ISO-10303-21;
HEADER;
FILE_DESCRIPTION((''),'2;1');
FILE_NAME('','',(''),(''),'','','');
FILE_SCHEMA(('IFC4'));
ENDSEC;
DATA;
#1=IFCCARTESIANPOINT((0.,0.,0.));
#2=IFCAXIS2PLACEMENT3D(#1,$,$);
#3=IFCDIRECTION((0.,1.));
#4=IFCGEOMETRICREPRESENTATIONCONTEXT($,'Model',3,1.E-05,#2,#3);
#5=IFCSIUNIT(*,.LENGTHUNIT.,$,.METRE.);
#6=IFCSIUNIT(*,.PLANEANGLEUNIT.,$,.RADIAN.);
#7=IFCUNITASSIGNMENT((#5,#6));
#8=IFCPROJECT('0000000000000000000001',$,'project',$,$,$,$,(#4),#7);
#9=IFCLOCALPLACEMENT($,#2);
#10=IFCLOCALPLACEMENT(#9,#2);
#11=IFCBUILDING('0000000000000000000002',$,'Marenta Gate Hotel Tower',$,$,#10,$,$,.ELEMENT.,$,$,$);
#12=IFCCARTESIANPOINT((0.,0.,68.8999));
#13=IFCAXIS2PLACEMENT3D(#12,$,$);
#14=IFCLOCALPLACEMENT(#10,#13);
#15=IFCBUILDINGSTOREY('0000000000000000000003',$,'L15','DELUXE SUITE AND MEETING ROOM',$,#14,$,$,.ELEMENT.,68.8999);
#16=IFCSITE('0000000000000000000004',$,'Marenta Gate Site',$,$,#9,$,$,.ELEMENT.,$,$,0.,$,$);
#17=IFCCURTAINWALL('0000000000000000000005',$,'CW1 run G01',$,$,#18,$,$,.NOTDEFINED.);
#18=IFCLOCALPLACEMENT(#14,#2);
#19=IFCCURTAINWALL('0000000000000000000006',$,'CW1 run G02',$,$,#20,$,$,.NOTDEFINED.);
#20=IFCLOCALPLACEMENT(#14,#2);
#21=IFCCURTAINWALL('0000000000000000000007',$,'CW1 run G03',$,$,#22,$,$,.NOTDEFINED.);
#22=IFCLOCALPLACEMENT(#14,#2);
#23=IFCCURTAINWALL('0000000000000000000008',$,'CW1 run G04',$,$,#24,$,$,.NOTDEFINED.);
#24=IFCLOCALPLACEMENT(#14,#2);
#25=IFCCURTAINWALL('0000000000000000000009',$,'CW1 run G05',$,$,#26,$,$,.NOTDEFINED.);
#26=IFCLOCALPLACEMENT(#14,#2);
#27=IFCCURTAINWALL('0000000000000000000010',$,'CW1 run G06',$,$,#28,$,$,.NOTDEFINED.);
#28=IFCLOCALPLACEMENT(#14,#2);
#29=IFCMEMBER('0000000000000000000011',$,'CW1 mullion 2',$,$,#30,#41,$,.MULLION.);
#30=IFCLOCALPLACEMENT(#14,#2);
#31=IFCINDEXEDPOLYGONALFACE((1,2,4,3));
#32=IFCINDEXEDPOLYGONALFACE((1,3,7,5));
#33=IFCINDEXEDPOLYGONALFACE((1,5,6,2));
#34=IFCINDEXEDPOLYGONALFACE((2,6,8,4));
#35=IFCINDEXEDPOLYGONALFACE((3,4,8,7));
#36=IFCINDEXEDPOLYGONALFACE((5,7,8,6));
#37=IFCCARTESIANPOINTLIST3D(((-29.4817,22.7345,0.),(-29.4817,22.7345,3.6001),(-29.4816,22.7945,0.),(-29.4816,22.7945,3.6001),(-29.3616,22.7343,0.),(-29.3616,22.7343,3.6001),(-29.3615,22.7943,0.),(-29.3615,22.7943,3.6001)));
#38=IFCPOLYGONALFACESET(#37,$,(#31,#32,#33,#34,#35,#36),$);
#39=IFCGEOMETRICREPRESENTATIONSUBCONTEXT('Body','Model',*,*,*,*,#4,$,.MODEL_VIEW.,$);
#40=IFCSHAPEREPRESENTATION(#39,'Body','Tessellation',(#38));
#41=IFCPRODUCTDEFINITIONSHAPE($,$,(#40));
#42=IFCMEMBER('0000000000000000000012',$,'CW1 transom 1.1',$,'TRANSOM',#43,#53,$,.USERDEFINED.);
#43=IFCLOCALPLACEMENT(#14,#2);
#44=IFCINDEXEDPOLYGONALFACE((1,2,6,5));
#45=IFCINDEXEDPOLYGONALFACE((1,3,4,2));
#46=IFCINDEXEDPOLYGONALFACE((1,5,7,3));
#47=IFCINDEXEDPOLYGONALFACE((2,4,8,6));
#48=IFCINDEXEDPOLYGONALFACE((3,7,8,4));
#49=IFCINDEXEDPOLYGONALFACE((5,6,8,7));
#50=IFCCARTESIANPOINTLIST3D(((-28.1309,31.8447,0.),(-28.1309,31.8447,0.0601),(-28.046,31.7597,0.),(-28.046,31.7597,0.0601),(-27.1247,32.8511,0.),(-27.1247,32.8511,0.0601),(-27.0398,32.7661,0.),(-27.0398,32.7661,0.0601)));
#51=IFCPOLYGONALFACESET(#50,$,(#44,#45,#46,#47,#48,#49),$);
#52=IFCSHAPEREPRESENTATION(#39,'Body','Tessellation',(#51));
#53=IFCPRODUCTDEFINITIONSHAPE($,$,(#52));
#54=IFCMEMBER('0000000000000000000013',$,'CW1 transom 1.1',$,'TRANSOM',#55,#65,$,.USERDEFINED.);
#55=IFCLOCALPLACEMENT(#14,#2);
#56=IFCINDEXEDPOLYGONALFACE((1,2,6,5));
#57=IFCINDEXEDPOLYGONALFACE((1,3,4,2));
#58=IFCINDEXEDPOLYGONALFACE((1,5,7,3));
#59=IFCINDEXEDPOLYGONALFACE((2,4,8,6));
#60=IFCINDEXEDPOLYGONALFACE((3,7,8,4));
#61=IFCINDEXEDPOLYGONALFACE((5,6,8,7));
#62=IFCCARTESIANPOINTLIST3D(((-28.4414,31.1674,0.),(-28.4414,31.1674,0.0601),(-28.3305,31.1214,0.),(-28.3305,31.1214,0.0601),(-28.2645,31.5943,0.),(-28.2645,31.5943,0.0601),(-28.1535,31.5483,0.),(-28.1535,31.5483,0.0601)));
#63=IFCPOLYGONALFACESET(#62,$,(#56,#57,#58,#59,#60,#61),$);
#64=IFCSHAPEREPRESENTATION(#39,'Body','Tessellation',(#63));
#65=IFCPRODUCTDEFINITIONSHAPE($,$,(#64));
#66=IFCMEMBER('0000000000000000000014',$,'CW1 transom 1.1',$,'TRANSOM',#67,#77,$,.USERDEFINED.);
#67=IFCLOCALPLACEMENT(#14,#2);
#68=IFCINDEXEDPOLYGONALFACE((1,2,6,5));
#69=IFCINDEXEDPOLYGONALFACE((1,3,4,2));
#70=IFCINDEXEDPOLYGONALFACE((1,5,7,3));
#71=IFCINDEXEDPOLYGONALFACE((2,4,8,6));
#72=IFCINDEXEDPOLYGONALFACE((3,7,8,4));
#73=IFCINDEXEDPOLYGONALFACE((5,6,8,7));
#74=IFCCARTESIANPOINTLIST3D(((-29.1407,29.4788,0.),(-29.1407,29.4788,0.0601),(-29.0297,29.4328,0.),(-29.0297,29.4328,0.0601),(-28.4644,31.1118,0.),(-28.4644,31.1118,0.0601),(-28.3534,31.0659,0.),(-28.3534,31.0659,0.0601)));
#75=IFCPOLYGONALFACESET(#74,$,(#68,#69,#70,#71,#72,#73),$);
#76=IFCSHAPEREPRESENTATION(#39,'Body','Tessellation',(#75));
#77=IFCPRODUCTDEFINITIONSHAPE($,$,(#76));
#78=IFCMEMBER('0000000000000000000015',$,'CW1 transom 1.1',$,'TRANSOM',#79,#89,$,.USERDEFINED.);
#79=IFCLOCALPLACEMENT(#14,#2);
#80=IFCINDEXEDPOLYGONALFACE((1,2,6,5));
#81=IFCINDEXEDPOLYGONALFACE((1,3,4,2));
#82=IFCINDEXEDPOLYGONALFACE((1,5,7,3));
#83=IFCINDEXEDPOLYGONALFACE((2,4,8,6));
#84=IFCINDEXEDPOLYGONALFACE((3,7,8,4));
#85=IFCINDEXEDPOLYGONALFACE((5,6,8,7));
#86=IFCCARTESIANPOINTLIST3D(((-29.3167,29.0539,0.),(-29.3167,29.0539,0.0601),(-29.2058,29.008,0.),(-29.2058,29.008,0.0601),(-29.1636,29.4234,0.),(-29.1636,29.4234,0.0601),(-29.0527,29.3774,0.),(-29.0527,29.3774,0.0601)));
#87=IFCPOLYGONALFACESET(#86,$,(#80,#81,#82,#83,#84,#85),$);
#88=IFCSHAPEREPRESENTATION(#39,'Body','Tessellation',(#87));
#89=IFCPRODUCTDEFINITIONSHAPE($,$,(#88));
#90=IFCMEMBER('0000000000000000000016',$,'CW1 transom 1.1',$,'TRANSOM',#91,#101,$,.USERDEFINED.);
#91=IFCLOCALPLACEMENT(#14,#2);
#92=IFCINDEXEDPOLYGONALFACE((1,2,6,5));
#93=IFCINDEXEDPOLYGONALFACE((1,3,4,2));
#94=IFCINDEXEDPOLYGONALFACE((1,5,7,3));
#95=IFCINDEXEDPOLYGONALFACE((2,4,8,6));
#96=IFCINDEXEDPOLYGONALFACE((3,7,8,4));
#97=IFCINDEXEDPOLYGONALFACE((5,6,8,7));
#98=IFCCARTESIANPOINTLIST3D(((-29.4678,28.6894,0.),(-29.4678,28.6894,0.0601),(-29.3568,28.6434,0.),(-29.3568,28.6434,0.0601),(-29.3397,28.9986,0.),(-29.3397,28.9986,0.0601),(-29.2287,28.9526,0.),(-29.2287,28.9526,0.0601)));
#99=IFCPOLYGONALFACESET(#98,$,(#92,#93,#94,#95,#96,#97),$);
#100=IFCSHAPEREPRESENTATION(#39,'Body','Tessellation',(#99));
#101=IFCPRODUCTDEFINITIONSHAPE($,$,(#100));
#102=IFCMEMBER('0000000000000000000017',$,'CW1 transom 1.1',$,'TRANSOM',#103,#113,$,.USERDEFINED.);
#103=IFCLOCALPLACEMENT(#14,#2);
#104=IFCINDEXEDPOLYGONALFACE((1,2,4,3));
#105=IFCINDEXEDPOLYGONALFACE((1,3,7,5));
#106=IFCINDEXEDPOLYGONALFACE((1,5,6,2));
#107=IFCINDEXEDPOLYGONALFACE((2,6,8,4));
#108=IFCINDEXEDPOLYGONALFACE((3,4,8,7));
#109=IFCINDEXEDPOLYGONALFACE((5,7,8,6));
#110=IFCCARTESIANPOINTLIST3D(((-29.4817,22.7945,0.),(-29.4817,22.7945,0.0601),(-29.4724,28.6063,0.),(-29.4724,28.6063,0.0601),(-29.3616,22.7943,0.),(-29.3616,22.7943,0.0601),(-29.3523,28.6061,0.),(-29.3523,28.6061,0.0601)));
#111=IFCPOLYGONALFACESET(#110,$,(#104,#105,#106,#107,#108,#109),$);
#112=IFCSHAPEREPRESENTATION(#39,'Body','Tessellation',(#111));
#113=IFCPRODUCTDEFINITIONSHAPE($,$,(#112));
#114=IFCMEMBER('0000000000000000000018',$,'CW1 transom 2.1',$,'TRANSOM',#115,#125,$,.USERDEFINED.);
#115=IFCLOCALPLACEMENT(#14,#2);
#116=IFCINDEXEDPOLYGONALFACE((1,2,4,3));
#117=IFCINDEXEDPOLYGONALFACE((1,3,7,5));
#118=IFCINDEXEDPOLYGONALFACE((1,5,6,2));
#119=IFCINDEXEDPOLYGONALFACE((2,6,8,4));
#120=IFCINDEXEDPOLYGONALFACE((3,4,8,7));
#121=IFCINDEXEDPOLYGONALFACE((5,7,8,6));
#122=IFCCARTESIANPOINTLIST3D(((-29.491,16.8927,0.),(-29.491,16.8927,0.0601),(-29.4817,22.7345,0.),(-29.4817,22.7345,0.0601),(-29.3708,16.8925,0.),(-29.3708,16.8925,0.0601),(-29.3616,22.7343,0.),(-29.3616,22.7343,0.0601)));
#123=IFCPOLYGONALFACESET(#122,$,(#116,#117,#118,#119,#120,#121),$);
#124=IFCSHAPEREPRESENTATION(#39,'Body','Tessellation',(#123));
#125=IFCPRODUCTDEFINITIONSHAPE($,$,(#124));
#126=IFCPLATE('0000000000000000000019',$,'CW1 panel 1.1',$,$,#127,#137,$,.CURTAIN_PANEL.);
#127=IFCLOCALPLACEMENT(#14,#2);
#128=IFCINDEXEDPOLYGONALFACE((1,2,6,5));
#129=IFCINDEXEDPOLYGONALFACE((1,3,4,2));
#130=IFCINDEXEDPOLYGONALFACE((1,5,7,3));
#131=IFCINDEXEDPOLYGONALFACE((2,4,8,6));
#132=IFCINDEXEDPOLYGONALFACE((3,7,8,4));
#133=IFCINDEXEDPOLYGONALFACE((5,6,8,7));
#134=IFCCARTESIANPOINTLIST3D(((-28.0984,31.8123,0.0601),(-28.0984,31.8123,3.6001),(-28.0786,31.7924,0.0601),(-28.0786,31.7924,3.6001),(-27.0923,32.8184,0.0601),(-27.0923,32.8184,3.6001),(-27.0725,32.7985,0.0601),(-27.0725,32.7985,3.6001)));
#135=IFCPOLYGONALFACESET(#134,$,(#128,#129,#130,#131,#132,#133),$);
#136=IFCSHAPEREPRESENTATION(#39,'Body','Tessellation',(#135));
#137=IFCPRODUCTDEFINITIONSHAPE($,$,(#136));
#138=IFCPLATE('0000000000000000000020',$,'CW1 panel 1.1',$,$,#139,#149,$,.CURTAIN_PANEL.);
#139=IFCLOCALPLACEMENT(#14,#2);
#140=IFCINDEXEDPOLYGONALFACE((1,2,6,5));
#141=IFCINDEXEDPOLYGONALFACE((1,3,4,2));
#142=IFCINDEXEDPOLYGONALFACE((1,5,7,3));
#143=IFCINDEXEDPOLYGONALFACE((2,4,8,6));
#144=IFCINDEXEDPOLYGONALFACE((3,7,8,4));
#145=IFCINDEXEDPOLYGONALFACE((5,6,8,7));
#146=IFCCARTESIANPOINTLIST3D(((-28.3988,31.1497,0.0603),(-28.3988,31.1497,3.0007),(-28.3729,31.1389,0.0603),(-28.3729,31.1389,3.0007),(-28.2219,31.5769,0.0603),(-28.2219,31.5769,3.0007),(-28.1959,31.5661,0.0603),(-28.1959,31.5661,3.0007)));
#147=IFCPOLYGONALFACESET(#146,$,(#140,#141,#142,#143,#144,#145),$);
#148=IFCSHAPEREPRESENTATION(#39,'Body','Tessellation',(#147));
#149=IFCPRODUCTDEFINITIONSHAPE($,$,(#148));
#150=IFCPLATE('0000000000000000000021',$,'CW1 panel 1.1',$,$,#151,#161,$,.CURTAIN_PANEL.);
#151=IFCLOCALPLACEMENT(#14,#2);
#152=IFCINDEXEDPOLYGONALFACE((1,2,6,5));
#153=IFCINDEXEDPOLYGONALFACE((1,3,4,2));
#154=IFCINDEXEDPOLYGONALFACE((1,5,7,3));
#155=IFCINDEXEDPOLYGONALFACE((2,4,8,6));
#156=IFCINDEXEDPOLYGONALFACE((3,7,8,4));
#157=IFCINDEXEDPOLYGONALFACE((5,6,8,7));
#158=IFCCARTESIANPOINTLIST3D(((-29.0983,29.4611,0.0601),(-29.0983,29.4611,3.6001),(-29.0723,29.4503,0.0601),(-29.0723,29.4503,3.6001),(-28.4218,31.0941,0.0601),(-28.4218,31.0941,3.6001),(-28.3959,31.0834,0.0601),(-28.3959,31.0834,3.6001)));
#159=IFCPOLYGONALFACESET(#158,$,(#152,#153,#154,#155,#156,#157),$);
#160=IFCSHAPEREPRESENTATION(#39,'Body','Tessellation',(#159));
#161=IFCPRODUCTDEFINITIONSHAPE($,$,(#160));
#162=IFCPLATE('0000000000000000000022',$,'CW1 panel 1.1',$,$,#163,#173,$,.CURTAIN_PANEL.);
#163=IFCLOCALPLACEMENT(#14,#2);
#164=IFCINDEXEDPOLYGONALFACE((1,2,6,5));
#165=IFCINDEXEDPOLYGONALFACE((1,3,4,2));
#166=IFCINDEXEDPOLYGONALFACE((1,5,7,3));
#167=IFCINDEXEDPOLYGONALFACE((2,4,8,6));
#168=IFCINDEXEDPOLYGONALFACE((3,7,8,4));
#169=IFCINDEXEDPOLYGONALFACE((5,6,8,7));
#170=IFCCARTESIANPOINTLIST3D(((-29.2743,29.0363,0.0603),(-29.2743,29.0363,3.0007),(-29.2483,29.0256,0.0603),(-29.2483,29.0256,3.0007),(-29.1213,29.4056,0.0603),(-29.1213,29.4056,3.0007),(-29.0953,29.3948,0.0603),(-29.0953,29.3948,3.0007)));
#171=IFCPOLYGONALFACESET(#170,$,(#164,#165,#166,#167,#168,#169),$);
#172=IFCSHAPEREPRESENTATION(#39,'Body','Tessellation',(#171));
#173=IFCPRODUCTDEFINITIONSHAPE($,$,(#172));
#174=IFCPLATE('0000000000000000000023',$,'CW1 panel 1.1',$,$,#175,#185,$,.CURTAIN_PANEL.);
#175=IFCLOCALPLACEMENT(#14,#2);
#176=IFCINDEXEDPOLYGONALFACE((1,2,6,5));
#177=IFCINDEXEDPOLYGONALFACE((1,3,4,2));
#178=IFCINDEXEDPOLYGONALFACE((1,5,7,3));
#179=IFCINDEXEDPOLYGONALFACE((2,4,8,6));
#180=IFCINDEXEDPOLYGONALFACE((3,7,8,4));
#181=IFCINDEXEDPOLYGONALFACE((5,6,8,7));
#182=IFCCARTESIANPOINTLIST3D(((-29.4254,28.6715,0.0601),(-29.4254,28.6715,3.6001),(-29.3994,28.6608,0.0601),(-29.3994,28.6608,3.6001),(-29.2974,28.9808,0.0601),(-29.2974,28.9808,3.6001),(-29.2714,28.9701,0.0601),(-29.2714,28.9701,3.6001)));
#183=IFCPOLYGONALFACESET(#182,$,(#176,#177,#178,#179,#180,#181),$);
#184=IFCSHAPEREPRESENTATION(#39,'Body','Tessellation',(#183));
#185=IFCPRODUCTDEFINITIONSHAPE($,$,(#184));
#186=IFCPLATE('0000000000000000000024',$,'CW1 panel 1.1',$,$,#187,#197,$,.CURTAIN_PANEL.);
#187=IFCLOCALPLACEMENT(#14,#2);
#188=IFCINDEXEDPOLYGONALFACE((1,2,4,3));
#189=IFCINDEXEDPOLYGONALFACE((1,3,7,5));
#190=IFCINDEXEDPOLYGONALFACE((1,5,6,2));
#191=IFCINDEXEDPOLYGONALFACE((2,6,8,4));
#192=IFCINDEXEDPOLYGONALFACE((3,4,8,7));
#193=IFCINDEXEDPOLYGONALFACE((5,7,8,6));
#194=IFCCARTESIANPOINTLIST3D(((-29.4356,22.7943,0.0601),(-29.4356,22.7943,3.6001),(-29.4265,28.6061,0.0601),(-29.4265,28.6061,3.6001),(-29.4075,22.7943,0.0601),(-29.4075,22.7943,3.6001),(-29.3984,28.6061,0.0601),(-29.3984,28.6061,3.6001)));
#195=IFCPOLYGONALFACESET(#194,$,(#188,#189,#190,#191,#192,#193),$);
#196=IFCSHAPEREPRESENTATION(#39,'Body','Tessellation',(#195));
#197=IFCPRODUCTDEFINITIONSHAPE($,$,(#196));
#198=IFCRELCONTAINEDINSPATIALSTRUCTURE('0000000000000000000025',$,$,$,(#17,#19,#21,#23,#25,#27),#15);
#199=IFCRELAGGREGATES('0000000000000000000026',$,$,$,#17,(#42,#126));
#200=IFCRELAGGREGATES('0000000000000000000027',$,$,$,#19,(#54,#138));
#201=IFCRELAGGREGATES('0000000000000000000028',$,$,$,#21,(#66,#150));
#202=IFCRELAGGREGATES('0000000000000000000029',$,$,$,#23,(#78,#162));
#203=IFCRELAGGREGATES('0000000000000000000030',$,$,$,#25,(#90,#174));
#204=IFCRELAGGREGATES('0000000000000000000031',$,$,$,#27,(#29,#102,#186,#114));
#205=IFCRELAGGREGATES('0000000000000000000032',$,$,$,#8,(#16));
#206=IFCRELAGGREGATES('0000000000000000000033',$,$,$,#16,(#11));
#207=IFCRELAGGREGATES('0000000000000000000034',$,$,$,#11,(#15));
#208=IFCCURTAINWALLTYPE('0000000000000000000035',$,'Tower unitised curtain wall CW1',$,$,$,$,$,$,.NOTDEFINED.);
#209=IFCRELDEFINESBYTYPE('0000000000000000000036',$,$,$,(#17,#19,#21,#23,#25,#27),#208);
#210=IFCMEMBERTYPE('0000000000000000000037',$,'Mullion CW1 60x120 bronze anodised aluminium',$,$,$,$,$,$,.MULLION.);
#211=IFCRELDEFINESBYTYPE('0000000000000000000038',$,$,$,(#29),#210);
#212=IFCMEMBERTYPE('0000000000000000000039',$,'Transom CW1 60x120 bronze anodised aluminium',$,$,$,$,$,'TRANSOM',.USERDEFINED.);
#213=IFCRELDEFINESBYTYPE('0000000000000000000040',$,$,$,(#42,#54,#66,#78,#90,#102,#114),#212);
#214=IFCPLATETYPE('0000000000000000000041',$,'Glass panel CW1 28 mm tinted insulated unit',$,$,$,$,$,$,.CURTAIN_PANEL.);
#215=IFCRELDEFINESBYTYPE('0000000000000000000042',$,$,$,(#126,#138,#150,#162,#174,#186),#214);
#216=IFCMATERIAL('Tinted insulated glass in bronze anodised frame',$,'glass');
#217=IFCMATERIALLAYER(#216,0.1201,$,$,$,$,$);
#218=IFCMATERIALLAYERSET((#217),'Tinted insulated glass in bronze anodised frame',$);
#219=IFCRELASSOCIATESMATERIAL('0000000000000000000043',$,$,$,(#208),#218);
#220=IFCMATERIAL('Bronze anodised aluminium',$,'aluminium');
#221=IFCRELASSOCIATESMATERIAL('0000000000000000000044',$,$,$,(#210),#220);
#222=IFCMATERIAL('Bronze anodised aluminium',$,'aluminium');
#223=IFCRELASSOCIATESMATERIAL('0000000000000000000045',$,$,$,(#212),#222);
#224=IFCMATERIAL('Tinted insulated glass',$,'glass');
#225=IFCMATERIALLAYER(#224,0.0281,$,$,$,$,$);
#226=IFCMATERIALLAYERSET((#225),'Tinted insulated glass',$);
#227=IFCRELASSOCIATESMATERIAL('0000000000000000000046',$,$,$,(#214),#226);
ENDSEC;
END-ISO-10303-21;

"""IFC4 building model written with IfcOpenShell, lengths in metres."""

from ifc_helpers import new_model, si_unit, direction, frame, origin, origin_2d, place, context, subcontext, project, spatial, rectangle, extrude, material, layer, layer_set, material_profile, profile_set, type_object, element, aggregate, save


model = new_model("IFC4")

# Units and contexts
model_context = context("Model", 3, precision=1e-05, world=origin(), true_north=direction((0.0, 1.0)))
body_context = subcontext(model_context, "Body", "Model", "MODEL_VIEW")
ifc_project = project(units=[si_unit("LENGTHUNIT", "METRE"), si_unit("PLANEANGLEUNIT", "RADIAN")], contexts=[model_context])

# Site, building, storey
site_placement = place(None, origin())
site = spatial("IfcSite", under=ifc_project, at=site_placement, Name="Marenta Gate Site", CompositionType="ELEMENT", RefElevation=0.0)
building_placement = place(site_placement, origin())
building = spatial("IfcBuilding", under=site, at=building_placement, Name="Marenta Gate Hotel Tower", CompositionType="ELEMENT")
storey_placement = place(building_placement, frame((0.0, 0.0, 68.8999)))
storey = spatial("IfcBuildingStorey", under=building, at=storey_placement, Name="L15", Description="DELUXE SUITE AND MEETING ROOM", CompositionType="ELEMENT", Elevation=68.8999)

# Curtain wall
ifc_material_1 = material(Name="Tinted insulated glass in bronze anodised frame", Category="glass")
ifc_layer_1 = layer(ifc_material_1, 0.1201)
ifc_layer_set_1 = layer_set([ifc_layer_1], Name="Tinted insulated glass in bronze anodised frame")
curtain_wall_type = type_object("IfcCurtainWallType", Name="Tower unitised curtain wall CW1", PredefinedType="NOTDEFINED", material=ifc_layer_set_1)
curtain_wall_1_placement = place(storey_placement, origin())
curtain_wall_1 = element("IfcCurtainWall", 1, at=curtain_wall_1_placement, inside=storey, type_object=curtain_wall_type, Name="CW1 run G01", PredefinedType="NOTDEFINED")
ifc_material_2 = material(Name="Bronze anodised aluminium", Category="aluminium")
ifc_material_profile_1 = material_profile(ifc_material_2, rectangle(XDim=0.1201, YDim=0.0601, at=origin_2d()), Name="Mullion CW1 60x120 bronze anodised aluminium")
ifc_profile_set_1 = profile_set([ifc_material_profile_1], Name="Bronze anodised aluminium")
member_type_1 = type_object("IfcMemberType", Name="Mullion CW1 60x120 bronze anodised aluminium", PredefinedType="MULLION", material=ifc_profile_set_1)

# Curtain walls
curtain_wall_2_placement = place(storey_placement, origin())
curtain_wall_2 = element("IfcCurtainWall", 2, at=curtain_wall_2_placement, inside=storey, type_object=curtain_wall_type, Name="CW1 run G02", PredefinedType="NOTDEFINED")
curtain_wall_3_placement = place(storey_placement, origin())
curtain_wall_3 = element("IfcCurtainWall", 3, at=curtain_wall_3_placement, inside=storey, type_object=curtain_wall_type, Name="CW1 run G03", PredefinedType="NOTDEFINED")
curtain_wall_4_placement = place(storey_placement, origin())
curtain_wall_4 = element("IfcCurtainWall", 4, at=curtain_wall_4_placement, inside=storey, type_object=curtain_wall_type, Name="CW1 run G04", PredefinedType="NOTDEFINED")
curtain_wall_5_placement = place(storey_placement, origin())
curtain_wall_5 = element("IfcCurtainWall", 5, at=curtain_wall_5_placement, inside=storey, type_object=curtain_wall_type, Name="CW1 run G05", PredefinedType="NOTDEFINED")

# Curtain wall, member
curtain_wall_6_placement = place(storey_placement, origin())
curtain_wall_6 = element("IfcCurtainWall", 6, at=curtain_wall_6_placement, inside=storey, type_object=curtain_wall_type, Name="CW1 run G06", PredefinedType="NOTDEFINED")
member_1_placement = place(storey_placement, frame((-29.4216, 22.7644, 0.0), z_axis=(0.0, 0.0, 1.0), x_axis=(0.999999, -0.00157, 0.0)))
member_1 = element("IfcMember", 7, at=member_1_placement, type_object=member_type_1, Name="CW1 mullion 2", PredefinedType="MULLION", context=body_context, shape_type="SweptSolid", body=[
    extrude(rectangle(XDim=0.1201, YDim=0.0601, at=origin_2d()), origin(), (0.0, 0.0, 1.0), 3.6001),
])

# Members
ifc_material_3 = material(Name="Bronze anodised aluminium", Category="aluminium")
ifc_material_profile_2 = material_profile(ifc_material_3, rectangle(XDim=0.1201, YDim=0.0601, at=origin_2d()), Name="Transom CW1 60x120 bronze anodised aluminium")
ifc_profile_set_2 = profile_set([ifc_material_profile_2], Name="Bronze anodised aluminium")
member_type_2 = type_object("IfcMemberType", Name="Transom CW1 60x120 bronze anodised aluminium", ElementType="TRANSOM", PredefinedType="USERDEFINED", material=ifc_profile_set_2)
member_2_placement = place(storey_placement, frame((-27.0823, 32.8086, 0.03), z_axis=(-0.707021, -0.707193, 0.0), x_axis=(0.707193, -0.707021, 0.0)))
member_2 = element("IfcMember", 8, at=member_2_placement, type_object=member_type_2, Name="CW1 transom 1.1", ObjectType="TRANSOM", PredefinedType="USERDEFINED", context=body_context, shape_type="SweptSolid", body=[
    extrude(rectangle(XDim=0.1201, YDim=0.0601, at=origin_2d()), origin(), (0.0, 0.0, 1.0), 1.4231),
])
member_3_placement = place(storey_placement, frame((-28.209, 31.5713, 0.03), z_axis=(-0.382927, -0.923779, 0.0), x_axis=(0.923779, -0.382927, 0.0)))
member_3 = element("IfcMember", 9, at=member_3_placement, type_object=member_type_2, Name="CW1 transom 1.1", ObjectType="TRANSOM", PredefinedType="USERDEFINED", context=body_context, shape_type="SweptSolid", body=[
    extrude(rectangle(XDim=0.1201, YDim=0.0601, at=origin_2d()), origin(), (0.0, 0.0, 1.0), 0.4622),
])
member_4_placement = place(storey_placement, frame((-28.4089, 31.0889, 0.03), z_axis=(-0.382604, -0.923912, 0.0), x_axis=(0.923912, -0.382604, 0.0)))
member_4 = element("IfcMember", 10, at=member_4_placement, type_object=member_type_2, Name="CW1 transom 1.1", ObjectType="TRANSOM", PredefinedType="USERDEFINED", context=body_context, shape_type="SweptSolid", body=[
    extrude(rectangle(XDim=0.1201, YDim=0.0601, at=origin_2d()), origin(), (0.0, 0.0, 1.0), 1.7676),
])
member_5_placement = place(storey_placement, frame((-29.1082, 29.4004, 0.03), z_axis=(-0.382837, -0.923816, 0.0), x_axis=(0.923816, -0.382837, 0.0)))
member_5 = element("IfcMember", 11, at=member_5_placement, type_object=member_type_2, Name="CW1 transom 1.1", ObjectType="TRANSOM", PredefinedType="USERDEFINED", context=body_context, shape_type="SweptSolid", body=[
    extrude(rectangle(XDim=0.1201, YDim=0.0601, at=origin_2d()), origin(), (0.0, 0.0, 1.0), 0.3999),
])
member_6_placement = place(storey_placement, frame((-29.2842, 28.9756, 0.03), z_axis=(-0.382803, -0.92383, 0.0), x_axis=(0.92383, -0.382803, 0.0)))
member_6 = element("IfcMember", 12, at=member_6_placement, type_object=member_type_2, Name="CW1 transom 1.1", ObjectType="TRANSOM", PredefinedType="USERDEFINED", context=body_context, shape_type="SweptSolid", body=[
    extrude(rectangle(XDim=0.1201, YDim=0.0601, at=origin_2d()), origin(), (0.0, 0.0, 1.0), 0.3347),
])
member_7_placement = place(storey_placement, frame((-29.4124, 28.6062, 0.03), z_axis=(-0.001596, -0.999999, 0.0), x_axis=(0.999999, -0.001596, 0.0)))
member_7 = element("IfcMember", 13, at=member_7_placement, type_object=member_type_2, Name="CW1 transom 1.1", ObjectType="TRANSOM", PredefinedType="USERDEFINED", context=body_context, shape_type="SweptSolid", body=[
    extrude(rectangle(XDim=0.1201, YDim=0.0601, at=origin_2d()), origin(), (0.0, 0.0, 1.0), 5.8118),
])
member_8_placement = place(storey_placement, frame((-29.4216, 22.7344, 0.03), z_axis=(-0.001588, -0.999999, 0.0), x_axis=(0.999999, -0.001588, 0.0)))
member_8 = element("IfcMember", 14, at=member_8_placement, type_object=member_type_2, Name="CW1 transom 2.1", ObjectType="TRANSOM", PredefinedType="USERDEFINED", context=body_context, shape_type="SweptSolid", body=[
    extrude(rectangle(XDim=0.1201, YDim=0.0601, at=origin_2d()), origin(), (0.0, 0.0, 1.0), 5.8418),
])

# Plates
ifc_material_4 = material(Name="Tinted insulated glass", Category="glass")
ifc_layer_2 = layer(ifc_material_4, 0.0281)
ifc_layer_set_2 = layer_set([ifc_layer_2], Name="Tinted insulated glass")
plate_type = type_object("IfcPlateType", Name="Glass panel CW1 28 mm tinted insulated unit", PredefinedType="CURTAIN_PANEL", material=ifc_layer_set_2)
plate_1_placement = place(storey_placement, frame((-27.5854, 32.3054, 0.0601), z_axis=(0.0, 0.0, 1.0), x_axis=(-0.707107, -0.707107, 0.0)))
plate_1 = element("IfcPlate", 15, at=plate_1_placement, type_object=plate_type, Name="CW1 panel 1.1", PredefinedType="CURTAIN_PANEL", context=body_context, shape_type="SweptSolid", body=[
    extrude(rectangle(XDim=1.4229, YDim=0.0281, at=origin_2d()), origin(), (0.0, 0.0, 1.0), 3.54),
])
aggregate(curtain_wall_1, [member_2, plate_1])
plate_2_placement = place(storey_placement, frame((-28.2974, 31.3579, 0.0603), z_axis=(0.0, 0.0, 1.0), x_axis=(-0.382684, -0.923879, 0.0)))
plate_2 = element("IfcPlate", 16, at=plate_2_placement, type_object=plate_type, Name="CW1 panel 1.1", PredefinedType="CURTAIN_PANEL", context=body_context, shape_type="SweptSolid", body=[
    extrude(rectangle(XDim=0.4624, YDim=0.0281, at=origin_2d()), origin(), (0.0, 0.0, 1.0), 2.9404),
])
aggregate(curtain_wall_2, [member_3, plate_2])
plate_3_placement = place(storey_placement, frame((-28.7471, 30.2722, 0.0601), z_axis=(0.0, 0.0, 1.0), x_axis=(-0.382684, -0.923879, 0.0)))
plate_3 = element("IfcPlate", 17, at=plate_3_placement, type_object=plate_type, Name="CW1 panel 1.1", PredefinedType="CURTAIN_PANEL", context=body_context, shape_type="SweptSolid", body=[
    extrude(rectangle(XDim=1.7676, YDim=0.0281, at=origin_2d()), origin(), (0.0, 0.0, 1.0), 3.54),
])
aggregate(curtain_wall_3, [member_4, plate_3])
plate_4_placement = place(storey_placement, frame((-29.1848, 29.2156, 0.0603), z_axis=(0.0, 0.0, 1.0), x_axis=(-0.382838, -0.923815, 0.0)))
plate_4 = element("IfcPlate", 18, at=plate_4_placement, type_object=plate_type, Name="CW1 panel 1.1", PredefinedType="CURTAIN_PANEL", context=body_context, shape_type="SweptSolid", body=[
    extrude(rectangle(XDim=0.3997, YDim=0.0281, at=origin_2d()), origin(), (0.0, 0.0, 1.0), 2.9404),
])
aggregate(curtain_wall_4, [member_5, plate_4])
plate_5_placement = place(storey_placement, frame((-29.3484, 28.8208, 0.0601), z_axis=(0.0, 0.0, 1.0), x_axis=(-0.382456, -0.923974, 0.0)))
plate_5 = element("IfcPlate", 19, at=plate_5_placement, type_object=plate_type, Name="CW1 panel 1.1", PredefinedType="CURTAIN_PANEL", context=body_context, shape_type="SweptSolid", body=[
    extrude(rectangle(XDim=0.3347, YDim=0.0281, at=origin_2d()), origin(), (0.0, 0.0, 1.0), 3.54),
])
aggregate(curtain_wall_5, [member_6, plate_5])
plate_6_placement = place(storey_placement, frame((-29.417, 25.7002, 0.0601), z_axis=(0.0, 0.0, 1.0), x_axis=(-0.00157, -0.999999, 0.0)))
plate_6 = element("IfcPlate", 20, at=plate_6_placement, type_object=plate_type, Name="CW1 panel 1.1", PredefinedType="CURTAIN_PANEL", context=body_context, shape_type="SweptSolid", body=[
    extrude(rectangle(XDim=5.8118, YDim=0.0281, at=origin_2d()), origin(), (0.0, 0.0, 1.0), 3.54),
])
aggregate(curtain_wall_6, [member_1, member_7, plate_6, member_8])

save(model, "model.ifc")
